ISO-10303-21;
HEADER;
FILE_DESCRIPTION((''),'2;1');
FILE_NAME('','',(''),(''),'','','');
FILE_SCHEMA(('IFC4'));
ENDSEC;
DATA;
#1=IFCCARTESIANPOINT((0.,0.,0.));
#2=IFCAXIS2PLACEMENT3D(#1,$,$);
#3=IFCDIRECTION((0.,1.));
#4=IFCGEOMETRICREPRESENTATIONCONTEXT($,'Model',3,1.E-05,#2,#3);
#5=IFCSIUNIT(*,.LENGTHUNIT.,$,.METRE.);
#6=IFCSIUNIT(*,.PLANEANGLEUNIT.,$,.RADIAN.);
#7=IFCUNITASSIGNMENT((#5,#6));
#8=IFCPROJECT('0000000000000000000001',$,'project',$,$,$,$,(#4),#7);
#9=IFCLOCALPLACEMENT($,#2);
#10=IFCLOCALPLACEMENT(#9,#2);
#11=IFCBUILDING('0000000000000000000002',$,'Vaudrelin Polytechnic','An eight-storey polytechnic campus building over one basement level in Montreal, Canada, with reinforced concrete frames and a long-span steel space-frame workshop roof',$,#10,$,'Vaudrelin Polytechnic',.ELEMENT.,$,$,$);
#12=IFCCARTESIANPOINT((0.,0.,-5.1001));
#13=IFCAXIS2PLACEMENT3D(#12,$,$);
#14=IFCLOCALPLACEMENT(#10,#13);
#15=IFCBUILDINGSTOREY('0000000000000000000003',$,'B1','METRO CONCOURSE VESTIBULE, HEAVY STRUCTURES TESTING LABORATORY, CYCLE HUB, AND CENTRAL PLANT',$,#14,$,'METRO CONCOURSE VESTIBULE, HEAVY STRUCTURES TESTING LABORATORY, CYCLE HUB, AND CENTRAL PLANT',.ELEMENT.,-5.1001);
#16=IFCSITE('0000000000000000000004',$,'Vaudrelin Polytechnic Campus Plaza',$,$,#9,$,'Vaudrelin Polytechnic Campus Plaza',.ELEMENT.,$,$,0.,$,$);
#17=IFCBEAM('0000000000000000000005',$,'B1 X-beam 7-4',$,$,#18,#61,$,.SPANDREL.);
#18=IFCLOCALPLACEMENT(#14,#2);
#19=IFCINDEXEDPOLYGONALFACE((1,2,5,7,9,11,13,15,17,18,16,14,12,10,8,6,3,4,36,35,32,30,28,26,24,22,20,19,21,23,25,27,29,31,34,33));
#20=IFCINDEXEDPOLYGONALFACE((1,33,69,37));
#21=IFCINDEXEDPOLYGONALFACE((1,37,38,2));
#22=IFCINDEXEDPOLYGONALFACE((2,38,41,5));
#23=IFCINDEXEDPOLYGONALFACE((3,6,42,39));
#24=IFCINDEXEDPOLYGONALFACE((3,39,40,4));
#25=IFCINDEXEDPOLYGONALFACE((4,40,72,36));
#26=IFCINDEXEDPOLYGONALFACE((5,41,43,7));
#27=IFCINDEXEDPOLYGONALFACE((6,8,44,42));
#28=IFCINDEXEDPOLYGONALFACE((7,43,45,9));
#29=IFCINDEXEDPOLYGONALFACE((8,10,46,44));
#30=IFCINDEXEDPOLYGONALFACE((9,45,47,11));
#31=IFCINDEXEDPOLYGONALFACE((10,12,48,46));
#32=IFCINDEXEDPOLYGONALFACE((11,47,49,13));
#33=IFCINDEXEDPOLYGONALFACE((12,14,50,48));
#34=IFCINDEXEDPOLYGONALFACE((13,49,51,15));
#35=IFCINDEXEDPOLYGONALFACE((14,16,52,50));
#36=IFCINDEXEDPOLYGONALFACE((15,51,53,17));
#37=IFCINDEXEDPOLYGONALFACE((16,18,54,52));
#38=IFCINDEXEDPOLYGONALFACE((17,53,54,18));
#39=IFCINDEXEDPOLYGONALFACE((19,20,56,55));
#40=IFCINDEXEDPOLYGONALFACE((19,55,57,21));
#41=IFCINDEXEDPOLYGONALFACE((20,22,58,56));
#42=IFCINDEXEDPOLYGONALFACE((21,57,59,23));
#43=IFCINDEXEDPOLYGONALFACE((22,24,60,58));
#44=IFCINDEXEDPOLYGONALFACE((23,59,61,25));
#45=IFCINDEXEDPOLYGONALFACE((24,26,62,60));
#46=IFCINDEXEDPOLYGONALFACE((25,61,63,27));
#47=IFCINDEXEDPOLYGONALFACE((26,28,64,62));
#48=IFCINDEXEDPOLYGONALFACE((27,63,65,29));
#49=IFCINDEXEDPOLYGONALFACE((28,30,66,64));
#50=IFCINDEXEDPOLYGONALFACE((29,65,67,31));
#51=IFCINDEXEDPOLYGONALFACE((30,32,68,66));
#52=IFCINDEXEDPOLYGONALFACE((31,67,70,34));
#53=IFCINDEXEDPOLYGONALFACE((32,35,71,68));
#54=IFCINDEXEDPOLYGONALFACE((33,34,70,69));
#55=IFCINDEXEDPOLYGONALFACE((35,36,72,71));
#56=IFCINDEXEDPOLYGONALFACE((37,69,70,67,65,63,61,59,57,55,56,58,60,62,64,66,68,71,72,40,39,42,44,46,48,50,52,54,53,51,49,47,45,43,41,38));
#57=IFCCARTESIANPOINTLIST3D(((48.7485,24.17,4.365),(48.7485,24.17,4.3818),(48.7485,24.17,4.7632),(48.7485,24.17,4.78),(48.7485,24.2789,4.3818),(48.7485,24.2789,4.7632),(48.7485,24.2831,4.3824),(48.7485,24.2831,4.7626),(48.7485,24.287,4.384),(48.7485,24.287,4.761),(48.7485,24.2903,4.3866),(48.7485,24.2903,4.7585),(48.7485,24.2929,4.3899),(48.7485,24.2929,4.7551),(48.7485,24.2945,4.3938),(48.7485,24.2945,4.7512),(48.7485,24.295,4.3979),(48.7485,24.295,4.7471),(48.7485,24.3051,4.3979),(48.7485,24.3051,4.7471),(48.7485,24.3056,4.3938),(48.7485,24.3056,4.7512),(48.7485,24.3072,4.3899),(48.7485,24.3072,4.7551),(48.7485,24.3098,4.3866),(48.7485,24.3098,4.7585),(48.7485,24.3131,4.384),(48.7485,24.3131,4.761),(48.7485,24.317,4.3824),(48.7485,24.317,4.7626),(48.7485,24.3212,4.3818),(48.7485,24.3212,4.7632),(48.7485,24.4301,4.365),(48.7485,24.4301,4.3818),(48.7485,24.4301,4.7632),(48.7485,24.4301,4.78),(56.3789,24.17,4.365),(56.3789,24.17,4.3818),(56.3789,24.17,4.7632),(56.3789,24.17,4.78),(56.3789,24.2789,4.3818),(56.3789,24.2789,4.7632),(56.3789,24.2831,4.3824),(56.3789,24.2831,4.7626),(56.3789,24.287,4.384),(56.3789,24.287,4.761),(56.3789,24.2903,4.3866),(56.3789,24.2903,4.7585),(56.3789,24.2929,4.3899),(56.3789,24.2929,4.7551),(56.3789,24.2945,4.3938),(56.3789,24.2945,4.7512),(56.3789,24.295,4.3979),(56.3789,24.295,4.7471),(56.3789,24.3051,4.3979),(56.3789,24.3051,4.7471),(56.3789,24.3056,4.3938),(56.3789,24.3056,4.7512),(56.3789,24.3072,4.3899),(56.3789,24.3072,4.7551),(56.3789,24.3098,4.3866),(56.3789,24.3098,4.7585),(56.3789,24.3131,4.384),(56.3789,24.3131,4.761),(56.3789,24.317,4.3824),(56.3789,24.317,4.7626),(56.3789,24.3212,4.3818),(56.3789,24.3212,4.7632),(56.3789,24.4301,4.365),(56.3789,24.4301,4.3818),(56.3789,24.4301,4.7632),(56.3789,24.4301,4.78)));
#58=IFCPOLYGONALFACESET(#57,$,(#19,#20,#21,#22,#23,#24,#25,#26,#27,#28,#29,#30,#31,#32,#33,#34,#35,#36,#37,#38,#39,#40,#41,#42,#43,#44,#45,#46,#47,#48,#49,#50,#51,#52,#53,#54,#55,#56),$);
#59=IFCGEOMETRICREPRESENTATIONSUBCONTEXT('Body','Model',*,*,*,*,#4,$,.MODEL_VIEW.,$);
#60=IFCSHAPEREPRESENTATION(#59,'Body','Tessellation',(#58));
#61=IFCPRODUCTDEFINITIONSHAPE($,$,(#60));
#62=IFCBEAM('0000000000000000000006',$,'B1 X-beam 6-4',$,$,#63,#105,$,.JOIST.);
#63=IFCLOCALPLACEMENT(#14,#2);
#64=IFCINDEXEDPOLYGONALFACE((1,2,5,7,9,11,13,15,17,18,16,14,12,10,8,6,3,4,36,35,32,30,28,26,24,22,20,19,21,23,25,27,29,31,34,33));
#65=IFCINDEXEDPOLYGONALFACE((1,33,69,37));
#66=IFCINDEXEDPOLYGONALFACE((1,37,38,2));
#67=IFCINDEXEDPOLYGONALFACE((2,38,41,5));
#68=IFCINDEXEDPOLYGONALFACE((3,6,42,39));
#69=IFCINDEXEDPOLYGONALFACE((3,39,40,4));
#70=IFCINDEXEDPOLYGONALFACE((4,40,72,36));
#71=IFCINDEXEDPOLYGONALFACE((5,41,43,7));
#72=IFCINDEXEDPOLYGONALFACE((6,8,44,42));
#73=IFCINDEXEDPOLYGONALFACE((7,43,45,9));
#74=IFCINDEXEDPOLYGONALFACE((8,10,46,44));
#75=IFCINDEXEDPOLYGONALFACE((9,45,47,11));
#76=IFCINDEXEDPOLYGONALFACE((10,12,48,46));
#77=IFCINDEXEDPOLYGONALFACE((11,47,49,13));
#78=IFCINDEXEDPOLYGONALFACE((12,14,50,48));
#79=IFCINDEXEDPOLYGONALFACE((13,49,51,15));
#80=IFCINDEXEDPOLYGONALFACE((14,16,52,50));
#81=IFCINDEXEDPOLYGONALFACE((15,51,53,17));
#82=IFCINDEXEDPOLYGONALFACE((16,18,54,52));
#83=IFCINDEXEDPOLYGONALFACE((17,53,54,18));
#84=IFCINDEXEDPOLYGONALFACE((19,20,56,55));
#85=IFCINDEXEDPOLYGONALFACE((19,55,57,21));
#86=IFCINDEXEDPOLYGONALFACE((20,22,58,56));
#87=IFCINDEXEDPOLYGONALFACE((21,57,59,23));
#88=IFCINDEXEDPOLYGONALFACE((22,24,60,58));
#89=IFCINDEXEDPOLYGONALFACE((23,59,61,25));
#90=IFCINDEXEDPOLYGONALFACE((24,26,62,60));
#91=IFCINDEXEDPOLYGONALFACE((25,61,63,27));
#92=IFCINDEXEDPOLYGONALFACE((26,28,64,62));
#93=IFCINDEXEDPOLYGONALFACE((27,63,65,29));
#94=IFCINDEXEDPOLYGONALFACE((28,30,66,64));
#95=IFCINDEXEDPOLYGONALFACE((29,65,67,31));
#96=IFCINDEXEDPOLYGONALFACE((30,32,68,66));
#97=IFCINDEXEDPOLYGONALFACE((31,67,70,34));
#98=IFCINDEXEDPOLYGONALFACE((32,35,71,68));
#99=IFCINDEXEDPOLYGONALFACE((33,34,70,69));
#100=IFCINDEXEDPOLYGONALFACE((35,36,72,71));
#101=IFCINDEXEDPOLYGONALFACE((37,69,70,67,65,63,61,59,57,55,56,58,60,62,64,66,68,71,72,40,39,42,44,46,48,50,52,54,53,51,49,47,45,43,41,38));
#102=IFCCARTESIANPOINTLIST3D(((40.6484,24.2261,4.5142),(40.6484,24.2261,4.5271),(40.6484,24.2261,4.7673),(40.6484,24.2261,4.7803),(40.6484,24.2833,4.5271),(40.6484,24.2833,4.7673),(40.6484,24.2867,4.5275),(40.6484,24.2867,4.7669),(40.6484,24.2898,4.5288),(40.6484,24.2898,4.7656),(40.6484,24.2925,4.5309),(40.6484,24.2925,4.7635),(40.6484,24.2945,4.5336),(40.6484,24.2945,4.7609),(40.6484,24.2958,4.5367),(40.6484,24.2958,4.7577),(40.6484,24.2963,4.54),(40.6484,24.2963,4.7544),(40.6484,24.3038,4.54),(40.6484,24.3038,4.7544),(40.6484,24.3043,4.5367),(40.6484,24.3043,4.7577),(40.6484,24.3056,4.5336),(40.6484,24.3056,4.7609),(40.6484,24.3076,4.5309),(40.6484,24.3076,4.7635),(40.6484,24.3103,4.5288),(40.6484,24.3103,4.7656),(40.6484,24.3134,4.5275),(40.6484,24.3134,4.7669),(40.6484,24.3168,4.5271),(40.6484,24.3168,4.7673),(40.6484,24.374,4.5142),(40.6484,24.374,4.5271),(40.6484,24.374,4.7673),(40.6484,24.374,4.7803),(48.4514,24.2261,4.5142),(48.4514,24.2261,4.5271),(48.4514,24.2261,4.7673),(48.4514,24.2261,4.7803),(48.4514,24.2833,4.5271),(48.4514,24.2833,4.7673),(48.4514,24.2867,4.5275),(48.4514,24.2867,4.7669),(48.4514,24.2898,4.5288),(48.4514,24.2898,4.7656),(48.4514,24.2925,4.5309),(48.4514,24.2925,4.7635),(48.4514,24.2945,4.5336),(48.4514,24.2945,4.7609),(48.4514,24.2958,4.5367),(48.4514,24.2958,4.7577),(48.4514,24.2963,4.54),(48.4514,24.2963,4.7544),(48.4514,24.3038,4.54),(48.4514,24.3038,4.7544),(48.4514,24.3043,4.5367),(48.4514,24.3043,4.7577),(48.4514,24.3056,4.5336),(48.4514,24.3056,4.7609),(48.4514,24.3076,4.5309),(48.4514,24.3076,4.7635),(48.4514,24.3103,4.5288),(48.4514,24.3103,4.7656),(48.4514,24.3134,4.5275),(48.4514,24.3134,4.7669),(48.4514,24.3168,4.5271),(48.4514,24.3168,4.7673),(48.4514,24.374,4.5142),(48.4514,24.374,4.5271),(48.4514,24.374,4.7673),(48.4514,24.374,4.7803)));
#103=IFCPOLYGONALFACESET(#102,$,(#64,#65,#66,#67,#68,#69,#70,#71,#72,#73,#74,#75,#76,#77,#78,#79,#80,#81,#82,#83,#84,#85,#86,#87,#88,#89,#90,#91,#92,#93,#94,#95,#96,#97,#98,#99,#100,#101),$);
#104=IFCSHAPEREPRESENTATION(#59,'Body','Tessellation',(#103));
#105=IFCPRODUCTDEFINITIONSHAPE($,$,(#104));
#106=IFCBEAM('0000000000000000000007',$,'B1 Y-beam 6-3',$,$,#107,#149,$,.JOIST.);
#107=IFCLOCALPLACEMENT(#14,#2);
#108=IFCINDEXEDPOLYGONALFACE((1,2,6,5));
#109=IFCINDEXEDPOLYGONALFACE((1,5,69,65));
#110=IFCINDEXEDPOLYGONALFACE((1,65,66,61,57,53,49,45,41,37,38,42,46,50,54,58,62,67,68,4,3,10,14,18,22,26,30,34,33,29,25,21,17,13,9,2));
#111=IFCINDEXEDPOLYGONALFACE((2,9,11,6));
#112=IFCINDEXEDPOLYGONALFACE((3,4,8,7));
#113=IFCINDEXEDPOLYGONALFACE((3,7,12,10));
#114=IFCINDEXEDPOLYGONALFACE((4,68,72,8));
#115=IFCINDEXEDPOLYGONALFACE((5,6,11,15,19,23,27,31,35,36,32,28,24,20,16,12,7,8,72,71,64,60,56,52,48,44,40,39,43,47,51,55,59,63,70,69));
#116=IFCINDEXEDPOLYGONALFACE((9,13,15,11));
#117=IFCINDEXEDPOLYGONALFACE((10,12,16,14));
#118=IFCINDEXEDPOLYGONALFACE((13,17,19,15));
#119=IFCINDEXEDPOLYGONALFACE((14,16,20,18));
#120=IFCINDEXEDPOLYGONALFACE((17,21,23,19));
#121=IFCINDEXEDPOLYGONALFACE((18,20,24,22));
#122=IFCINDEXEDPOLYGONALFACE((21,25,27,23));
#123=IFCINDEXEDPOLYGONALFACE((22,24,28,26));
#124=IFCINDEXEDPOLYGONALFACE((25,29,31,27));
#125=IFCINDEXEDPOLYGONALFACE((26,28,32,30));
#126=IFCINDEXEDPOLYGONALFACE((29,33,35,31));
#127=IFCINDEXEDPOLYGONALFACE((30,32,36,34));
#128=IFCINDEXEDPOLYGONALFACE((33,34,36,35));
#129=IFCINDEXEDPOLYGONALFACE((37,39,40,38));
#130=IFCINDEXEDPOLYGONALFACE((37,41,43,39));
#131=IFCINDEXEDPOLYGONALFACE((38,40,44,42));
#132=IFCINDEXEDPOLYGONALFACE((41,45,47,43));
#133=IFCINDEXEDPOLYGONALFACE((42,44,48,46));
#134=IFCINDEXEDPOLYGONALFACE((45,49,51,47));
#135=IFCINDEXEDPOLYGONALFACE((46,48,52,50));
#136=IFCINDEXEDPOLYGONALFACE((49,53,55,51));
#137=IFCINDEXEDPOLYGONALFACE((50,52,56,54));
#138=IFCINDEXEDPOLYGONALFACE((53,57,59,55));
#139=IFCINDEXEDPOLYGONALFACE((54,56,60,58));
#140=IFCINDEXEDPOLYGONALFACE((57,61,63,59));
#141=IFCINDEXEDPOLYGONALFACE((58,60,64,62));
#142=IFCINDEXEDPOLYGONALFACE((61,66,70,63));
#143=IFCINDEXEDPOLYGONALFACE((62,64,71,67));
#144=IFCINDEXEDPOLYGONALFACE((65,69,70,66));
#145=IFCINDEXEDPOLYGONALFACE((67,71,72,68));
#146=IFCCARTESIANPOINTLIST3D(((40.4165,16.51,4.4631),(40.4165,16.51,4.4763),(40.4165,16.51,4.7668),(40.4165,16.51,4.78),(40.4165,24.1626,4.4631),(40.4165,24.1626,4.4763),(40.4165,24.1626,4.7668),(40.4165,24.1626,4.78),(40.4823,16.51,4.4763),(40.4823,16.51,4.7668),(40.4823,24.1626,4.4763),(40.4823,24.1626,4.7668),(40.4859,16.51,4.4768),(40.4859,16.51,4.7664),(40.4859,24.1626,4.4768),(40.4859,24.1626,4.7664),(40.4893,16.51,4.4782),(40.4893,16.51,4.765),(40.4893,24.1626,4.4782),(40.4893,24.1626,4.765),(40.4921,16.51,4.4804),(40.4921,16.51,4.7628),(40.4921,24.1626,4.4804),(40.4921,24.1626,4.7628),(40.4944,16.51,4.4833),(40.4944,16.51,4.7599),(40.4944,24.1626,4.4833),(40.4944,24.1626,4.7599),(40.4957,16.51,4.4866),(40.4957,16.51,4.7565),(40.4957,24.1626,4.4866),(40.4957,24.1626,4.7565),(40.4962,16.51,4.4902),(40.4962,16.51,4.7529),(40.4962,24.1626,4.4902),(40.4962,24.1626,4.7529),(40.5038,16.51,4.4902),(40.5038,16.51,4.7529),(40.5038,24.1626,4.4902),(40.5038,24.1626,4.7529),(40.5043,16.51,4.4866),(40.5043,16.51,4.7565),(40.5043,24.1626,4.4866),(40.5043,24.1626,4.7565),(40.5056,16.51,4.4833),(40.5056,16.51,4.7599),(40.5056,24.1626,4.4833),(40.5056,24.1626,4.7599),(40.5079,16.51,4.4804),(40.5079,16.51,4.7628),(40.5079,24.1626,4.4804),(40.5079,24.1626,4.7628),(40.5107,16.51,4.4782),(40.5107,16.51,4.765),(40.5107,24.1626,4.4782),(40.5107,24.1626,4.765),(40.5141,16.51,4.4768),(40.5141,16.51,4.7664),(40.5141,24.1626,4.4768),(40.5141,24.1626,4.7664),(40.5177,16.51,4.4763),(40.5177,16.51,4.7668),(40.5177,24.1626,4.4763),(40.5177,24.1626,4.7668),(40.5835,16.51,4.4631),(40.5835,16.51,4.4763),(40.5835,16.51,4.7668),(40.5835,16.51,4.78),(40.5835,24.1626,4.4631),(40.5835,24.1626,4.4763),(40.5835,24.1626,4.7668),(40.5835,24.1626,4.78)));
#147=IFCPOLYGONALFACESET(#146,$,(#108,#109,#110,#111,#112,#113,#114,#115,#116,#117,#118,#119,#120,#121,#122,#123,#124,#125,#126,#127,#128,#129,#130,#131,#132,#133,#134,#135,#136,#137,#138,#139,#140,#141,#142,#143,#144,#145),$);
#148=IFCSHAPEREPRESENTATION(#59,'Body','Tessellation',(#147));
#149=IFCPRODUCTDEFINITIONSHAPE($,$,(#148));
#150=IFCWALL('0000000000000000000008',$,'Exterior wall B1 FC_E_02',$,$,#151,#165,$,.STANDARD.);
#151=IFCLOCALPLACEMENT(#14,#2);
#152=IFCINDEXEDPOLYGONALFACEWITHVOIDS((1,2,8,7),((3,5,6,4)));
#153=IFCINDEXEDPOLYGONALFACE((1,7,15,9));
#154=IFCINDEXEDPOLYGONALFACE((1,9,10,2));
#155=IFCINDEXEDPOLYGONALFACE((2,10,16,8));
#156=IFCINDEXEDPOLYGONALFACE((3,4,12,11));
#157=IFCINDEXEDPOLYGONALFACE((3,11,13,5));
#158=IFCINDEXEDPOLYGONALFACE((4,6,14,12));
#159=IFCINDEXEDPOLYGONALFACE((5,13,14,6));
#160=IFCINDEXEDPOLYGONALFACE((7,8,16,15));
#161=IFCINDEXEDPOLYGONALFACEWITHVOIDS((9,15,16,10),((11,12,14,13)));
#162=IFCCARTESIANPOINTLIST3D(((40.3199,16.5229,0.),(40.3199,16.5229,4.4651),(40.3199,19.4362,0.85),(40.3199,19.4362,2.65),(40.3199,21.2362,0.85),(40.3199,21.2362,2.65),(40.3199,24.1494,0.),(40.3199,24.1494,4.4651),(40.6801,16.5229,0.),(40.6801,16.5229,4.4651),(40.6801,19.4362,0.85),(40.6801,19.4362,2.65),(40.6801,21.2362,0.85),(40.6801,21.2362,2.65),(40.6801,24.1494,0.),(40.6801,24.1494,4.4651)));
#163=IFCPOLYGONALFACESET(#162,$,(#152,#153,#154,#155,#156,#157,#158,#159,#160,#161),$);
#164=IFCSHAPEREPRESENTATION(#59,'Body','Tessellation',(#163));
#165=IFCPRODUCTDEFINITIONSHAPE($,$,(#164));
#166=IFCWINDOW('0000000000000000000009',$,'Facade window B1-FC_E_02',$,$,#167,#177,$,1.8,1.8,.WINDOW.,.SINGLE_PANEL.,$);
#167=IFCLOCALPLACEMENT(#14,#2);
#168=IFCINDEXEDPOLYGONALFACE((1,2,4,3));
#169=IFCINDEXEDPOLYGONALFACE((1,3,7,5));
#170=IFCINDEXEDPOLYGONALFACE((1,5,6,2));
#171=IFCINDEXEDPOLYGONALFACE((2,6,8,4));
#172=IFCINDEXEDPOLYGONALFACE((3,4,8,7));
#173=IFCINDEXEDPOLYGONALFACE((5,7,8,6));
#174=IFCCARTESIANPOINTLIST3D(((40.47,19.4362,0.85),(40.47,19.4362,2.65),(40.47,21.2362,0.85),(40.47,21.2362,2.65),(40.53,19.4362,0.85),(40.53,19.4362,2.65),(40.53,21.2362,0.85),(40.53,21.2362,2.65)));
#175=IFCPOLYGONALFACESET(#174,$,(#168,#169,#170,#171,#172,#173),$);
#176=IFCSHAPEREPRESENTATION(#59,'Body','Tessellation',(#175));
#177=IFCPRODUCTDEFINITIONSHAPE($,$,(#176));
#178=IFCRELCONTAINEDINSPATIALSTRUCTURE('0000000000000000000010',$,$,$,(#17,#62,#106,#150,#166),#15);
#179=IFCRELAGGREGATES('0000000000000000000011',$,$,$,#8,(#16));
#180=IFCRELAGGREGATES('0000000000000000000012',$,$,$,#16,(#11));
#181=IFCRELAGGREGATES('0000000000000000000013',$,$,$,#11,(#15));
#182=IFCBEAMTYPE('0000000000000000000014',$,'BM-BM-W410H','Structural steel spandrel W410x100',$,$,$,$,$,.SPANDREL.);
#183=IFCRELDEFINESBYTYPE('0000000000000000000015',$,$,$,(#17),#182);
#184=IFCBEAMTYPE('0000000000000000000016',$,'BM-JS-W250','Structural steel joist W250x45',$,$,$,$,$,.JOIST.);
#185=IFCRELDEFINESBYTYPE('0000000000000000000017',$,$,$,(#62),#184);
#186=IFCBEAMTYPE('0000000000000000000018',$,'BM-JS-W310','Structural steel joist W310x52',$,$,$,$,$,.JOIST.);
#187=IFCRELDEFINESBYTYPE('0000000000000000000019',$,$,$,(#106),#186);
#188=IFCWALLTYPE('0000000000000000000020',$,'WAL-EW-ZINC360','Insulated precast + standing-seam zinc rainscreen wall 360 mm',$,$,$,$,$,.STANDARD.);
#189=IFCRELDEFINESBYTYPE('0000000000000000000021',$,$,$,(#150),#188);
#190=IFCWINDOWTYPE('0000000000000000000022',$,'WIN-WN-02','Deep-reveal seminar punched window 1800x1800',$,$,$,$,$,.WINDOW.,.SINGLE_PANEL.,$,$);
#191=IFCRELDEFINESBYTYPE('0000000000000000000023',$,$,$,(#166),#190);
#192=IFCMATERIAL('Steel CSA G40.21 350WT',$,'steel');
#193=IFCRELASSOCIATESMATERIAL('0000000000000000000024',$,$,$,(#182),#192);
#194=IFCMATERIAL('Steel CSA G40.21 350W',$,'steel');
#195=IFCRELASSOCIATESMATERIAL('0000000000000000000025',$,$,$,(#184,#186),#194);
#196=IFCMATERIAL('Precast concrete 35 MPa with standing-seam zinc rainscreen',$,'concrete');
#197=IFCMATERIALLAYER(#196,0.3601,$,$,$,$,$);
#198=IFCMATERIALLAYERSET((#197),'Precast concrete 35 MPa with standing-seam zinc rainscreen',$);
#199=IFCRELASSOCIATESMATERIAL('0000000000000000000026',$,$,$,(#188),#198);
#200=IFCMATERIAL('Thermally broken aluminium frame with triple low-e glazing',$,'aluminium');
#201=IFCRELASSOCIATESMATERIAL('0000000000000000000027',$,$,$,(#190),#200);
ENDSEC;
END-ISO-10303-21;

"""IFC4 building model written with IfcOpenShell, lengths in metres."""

from ifc_helpers import new_model, si_unit, direction, frame, frame_2d, origin, origin_2d, place, context, subcontext, project, spatial, rectangle, i_section, extrude, material, layer, layer_set, material_profile, profile_set, type_object, element, fill, save


model = new_model("IFC4")

# Units and contexts
model_context = context("Model", 3, precision=1e-05, world=origin(), true_north=direction((0.0, 1.0)))
body_context = subcontext(model_context, "Body", "Model", "MODEL_VIEW")
ifc_project = project(units=[si_unit("LENGTHUNIT", "METRE"), si_unit("PLANEANGLEUNIT", "RADIAN")], contexts=[model_context])

# Site, building, storey
site_placement = place(None, origin())
site = spatial("IfcSite", under=ifc_project, at=site_placement, Name="Vaudrelin Polytechnic Campus Plaza", LongName="Vaudrelin Polytechnic Campus Plaza", CompositionType="ELEMENT", RefElevation=0.0)
building_placement = place(site_placement, origin())
building = spatial("IfcBuilding", under=site, at=building_placement, Name="Vaudrelin Polytechnic", Description="An eight-storey polytechnic campus building over one basement level in Montreal, Canada, with reinforced concrete frames and a long-span steel space-frame workshop roof", LongName="Vaudrelin Polytechnic", CompositionType="ELEMENT")
storey_placement = place(building_placement, frame((0.0, 0.0, -5.1001)))
storey = spatial("IfcBuildingStorey", under=building, at=storey_placement, Name="B1", Description="METRO CONCOURSE VESTIBULE, HEAVY STRUCTURES TESTING LABORATORY, CYCLE HUB, AND CENTRAL PLANT", LongName="METRO CONCOURSE VESTIBULE, HEAVY STRUCTURES TESTING LABORATORY, CYCLE HUB, AND CENTRAL PLANT", CompositionType="ELEMENT", Elevation=-5.1001)

# Shared definitions
ifc_material_1 = material(Name="Steel CSA G40.21 350W", Category="steel")
ifc_material_2 = material(Name="Steel CSA G40.21 350WT", Category="steel")

# Beams
ifc_material_profile_1 = material_profile(ifc_material_2, i_section(OverallWidth=0.26, OverallDepth=0.415, WebThickness=0.01, FlangeThickness=0.0168, FilletRadius=0.0161, at=origin_2d()), Name="W410x100")
ifc_profile_set_1 = profile_set([ifc_material_profile_1], Name="Steel CSA G40.21 350WT")
beam_type_1 = type_object("IfcBeamType", Name="BM-BM-W410H", Description="Structural steel spandrel W410x100", PredefinedType="SPANDREL", material=ifc_profile_set_1)
beam_1_placement = place(storey_placement, frame((48.7485, 24.3, 4.5725), z_axis=(1.0, 0.0, 0.0), x_axis=(0.0, 1.0, 0.0)))
element("IfcBeam", 1, at=beam_1_placement, inside=storey, type_object=beam_type_1, Name="B1 X-beam 7-4", PredefinedType="SPANDREL", context=body_context, shape_type="SweptSolid", body=[
    extrude(i_section(OverallWidth=0.26, OverallDepth=0.415, WebThickness=0.01, FlangeThickness=0.0168, FilletRadius=0.0161, at=origin_2d()), origin(), (0.0, 0.0, 1.0), 7.6304),
])
ifc_material_profile_2 = material_profile(ifc_material_1, i_section(OverallWidth=0.1479, OverallDepth=0.2661, WebThickness=0.0076, FlangeThickness=0.0129, FilletRadius=0.0129, at=origin_2d()), Name="W250x45")
ifc_profile_set_2 = profile_set([ifc_material_profile_2], Name="Steel CSA G40.21 350W")
beam_type_2 = type_object("IfcBeamType", Name="BM-JS-W250", Description="Structural steel joist W250x45", PredefinedType="JOIST", material=ifc_profile_set_2)
beam_2_placement = place(storey_placement, frame((40.6484, 24.3, 4.6472), z_axis=(1.0, 0.0, 0.0), x_axis=(0.0, 1.0, 0.0)))
element("IfcBeam", 2, at=beam_2_placement, inside=storey, type_object=beam_type_2, Name="B1 X-beam 6-4", PredefinedType="JOIST", context=body_context, shape_type="SweptSolid", body=[
    extrude(i_section(OverallWidth=0.1479, OverallDepth=0.2661, WebThickness=0.0076, FlangeThickness=0.0129, FilletRadius=0.0129, at=origin_2d()), origin(), (0.0, 0.0, 1.0), 7.803),
])
ifc_material_profile_3 = material_profile(ifc_material_1, i_section(OverallWidth=0.167, OverallDepth=0.3169, WebThickness=0.0076, FlangeThickness=0.0132, FilletRadius=0.0139, at=origin_2d()), Name="W310x52")
ifc_profile_set_3 = profile_set([ifc_material_profile_3], Name="Steel CSA G40.21 350W")
beam_type_3 = type_object("IfcBeamType", Name="BM-JS-W310", Description="Structural steel joist W310x52", PredefinedType="JOIST", material=ifc_profile_set_3)
beam_3_placement = place(storey_placement, frame((40.5, 16.51, 4.6216), z_axis=(0.0, 1.0, 0.0), x_axis=(-1.0, 0.0, 0.0)))
element("IfcBeam", 3, at=beam_3_placement, inside=storey, type_object=beam_type_3, Name="B1 Y-beam 6-3", PredefinedType="JOIST", context=body_context, shape_type="SweptSolid", body=[
    extrude(i_section(OverallWidth=0.167, OverallDepth=0.3169, WebThickness=0.0076, FlangeThickness=0.0132, FilletRadius=0.0139, at=origin_2d()), origin(), (0.0, 0.0, 1.0), 7.6526),
])

# Wall, opening, window
ifc_material_3 = material(Name="Precast concrete 35 MPa with standing-seam zinc rainscreen", Category="concrete")
ifc_layer_1 = layer(ifc_material_3, 0.3601)
ifc_layer_set_1 = layer_set([ifc_layer_1], Name="Precast concrete 35 MPa with standing-seam zinc rainscreen")
wall_type_1 = type_object("IfcWallType", Name="WAL-EW-ZINC360", Description="Insulated precast + standing-seam zinc rainscreen wall 360 mm", PredefinedType="STANDARD", material=ifc_layer_set_1)
wall_1_placement = place(storey_placement, frame((40.5, 16.5229, 0.0), z_axis=(0.0, 0.0, 1.0), x_axis=(0.0, 1.0, 0.0)))
wall_1 = element("IfcWall", 4, at=wall_1_placement, inside=storey, type_object=wall_type_1, Name="Exterior wall B1 FC_E_02", PredefinedType="STANDARD", context=body_context, shape_type="SweptSolid", body=[
    extrude(rectangle(XDim=7.6265, YDim=0.3601, at=frame_2d((3.8132, 0.0))), origin(), (0.0, 0.0, 1.0), 4.4651),
])
opening_1_placement = place(wall_1_placement, frame((2.9133, 0.0, 0.8501)))
opening_1 = element("IfcOpeningElement", 5, at=opening_1_placement, cuts=wall_1, PredefinedType="OPENING", context=body_context, shape_type="SweptSolid", body=[
    extrude(rectangle(XDim=1.8, YDim=1.8, at=frame_2d((0.8999, 0.8999))), frame((0.0, 0.1899, 0.0), z_axis=(0.0, -1.0, 0.0), x_axis=(1.0, 0.0, 0.0)), (0.0, 0.0, 1.0), 0.3801),
])
ifc_material_4 = material(Name="Thermally broken aluminium frame with triple low-e glazing", Category="aluminium")
window_type = type_object("IfcWindowType", Name="WIN-WN-02", Description="Deep-reveal seminar punched window 1800x1800", PartitioningType="SINGLE_PANEL", PredefinedType="WINDOW", material=ifc_material_4)
window_placement = place(opening_1_placement, origin())
window = element("IfcWindow", 6, at=window_placement, inside=storey, type_object=window_type, Name="Facade window B1-FC_E_02", OverallHeight=1.8, OverallWidth=1.8, PartitioningType="SINGLE_PANEL", PredefinedType="WINDOW", context=body_context, shape_type="SweptSolid", body=[
    extrude(rectangle(XDim=1.8, YDim=1.8, at=frame_2d((0.8999, 0.8999))), frame((0.0, 0.03, 0.0), z_axis=(0.0, -1.0, 0.0), x_axis=(1.0, 0.0, 0.0)), (0.0, 0.0, 1.0), 0.0601),
])
fill(opening_1, window)

save(model, "model.ifc")
